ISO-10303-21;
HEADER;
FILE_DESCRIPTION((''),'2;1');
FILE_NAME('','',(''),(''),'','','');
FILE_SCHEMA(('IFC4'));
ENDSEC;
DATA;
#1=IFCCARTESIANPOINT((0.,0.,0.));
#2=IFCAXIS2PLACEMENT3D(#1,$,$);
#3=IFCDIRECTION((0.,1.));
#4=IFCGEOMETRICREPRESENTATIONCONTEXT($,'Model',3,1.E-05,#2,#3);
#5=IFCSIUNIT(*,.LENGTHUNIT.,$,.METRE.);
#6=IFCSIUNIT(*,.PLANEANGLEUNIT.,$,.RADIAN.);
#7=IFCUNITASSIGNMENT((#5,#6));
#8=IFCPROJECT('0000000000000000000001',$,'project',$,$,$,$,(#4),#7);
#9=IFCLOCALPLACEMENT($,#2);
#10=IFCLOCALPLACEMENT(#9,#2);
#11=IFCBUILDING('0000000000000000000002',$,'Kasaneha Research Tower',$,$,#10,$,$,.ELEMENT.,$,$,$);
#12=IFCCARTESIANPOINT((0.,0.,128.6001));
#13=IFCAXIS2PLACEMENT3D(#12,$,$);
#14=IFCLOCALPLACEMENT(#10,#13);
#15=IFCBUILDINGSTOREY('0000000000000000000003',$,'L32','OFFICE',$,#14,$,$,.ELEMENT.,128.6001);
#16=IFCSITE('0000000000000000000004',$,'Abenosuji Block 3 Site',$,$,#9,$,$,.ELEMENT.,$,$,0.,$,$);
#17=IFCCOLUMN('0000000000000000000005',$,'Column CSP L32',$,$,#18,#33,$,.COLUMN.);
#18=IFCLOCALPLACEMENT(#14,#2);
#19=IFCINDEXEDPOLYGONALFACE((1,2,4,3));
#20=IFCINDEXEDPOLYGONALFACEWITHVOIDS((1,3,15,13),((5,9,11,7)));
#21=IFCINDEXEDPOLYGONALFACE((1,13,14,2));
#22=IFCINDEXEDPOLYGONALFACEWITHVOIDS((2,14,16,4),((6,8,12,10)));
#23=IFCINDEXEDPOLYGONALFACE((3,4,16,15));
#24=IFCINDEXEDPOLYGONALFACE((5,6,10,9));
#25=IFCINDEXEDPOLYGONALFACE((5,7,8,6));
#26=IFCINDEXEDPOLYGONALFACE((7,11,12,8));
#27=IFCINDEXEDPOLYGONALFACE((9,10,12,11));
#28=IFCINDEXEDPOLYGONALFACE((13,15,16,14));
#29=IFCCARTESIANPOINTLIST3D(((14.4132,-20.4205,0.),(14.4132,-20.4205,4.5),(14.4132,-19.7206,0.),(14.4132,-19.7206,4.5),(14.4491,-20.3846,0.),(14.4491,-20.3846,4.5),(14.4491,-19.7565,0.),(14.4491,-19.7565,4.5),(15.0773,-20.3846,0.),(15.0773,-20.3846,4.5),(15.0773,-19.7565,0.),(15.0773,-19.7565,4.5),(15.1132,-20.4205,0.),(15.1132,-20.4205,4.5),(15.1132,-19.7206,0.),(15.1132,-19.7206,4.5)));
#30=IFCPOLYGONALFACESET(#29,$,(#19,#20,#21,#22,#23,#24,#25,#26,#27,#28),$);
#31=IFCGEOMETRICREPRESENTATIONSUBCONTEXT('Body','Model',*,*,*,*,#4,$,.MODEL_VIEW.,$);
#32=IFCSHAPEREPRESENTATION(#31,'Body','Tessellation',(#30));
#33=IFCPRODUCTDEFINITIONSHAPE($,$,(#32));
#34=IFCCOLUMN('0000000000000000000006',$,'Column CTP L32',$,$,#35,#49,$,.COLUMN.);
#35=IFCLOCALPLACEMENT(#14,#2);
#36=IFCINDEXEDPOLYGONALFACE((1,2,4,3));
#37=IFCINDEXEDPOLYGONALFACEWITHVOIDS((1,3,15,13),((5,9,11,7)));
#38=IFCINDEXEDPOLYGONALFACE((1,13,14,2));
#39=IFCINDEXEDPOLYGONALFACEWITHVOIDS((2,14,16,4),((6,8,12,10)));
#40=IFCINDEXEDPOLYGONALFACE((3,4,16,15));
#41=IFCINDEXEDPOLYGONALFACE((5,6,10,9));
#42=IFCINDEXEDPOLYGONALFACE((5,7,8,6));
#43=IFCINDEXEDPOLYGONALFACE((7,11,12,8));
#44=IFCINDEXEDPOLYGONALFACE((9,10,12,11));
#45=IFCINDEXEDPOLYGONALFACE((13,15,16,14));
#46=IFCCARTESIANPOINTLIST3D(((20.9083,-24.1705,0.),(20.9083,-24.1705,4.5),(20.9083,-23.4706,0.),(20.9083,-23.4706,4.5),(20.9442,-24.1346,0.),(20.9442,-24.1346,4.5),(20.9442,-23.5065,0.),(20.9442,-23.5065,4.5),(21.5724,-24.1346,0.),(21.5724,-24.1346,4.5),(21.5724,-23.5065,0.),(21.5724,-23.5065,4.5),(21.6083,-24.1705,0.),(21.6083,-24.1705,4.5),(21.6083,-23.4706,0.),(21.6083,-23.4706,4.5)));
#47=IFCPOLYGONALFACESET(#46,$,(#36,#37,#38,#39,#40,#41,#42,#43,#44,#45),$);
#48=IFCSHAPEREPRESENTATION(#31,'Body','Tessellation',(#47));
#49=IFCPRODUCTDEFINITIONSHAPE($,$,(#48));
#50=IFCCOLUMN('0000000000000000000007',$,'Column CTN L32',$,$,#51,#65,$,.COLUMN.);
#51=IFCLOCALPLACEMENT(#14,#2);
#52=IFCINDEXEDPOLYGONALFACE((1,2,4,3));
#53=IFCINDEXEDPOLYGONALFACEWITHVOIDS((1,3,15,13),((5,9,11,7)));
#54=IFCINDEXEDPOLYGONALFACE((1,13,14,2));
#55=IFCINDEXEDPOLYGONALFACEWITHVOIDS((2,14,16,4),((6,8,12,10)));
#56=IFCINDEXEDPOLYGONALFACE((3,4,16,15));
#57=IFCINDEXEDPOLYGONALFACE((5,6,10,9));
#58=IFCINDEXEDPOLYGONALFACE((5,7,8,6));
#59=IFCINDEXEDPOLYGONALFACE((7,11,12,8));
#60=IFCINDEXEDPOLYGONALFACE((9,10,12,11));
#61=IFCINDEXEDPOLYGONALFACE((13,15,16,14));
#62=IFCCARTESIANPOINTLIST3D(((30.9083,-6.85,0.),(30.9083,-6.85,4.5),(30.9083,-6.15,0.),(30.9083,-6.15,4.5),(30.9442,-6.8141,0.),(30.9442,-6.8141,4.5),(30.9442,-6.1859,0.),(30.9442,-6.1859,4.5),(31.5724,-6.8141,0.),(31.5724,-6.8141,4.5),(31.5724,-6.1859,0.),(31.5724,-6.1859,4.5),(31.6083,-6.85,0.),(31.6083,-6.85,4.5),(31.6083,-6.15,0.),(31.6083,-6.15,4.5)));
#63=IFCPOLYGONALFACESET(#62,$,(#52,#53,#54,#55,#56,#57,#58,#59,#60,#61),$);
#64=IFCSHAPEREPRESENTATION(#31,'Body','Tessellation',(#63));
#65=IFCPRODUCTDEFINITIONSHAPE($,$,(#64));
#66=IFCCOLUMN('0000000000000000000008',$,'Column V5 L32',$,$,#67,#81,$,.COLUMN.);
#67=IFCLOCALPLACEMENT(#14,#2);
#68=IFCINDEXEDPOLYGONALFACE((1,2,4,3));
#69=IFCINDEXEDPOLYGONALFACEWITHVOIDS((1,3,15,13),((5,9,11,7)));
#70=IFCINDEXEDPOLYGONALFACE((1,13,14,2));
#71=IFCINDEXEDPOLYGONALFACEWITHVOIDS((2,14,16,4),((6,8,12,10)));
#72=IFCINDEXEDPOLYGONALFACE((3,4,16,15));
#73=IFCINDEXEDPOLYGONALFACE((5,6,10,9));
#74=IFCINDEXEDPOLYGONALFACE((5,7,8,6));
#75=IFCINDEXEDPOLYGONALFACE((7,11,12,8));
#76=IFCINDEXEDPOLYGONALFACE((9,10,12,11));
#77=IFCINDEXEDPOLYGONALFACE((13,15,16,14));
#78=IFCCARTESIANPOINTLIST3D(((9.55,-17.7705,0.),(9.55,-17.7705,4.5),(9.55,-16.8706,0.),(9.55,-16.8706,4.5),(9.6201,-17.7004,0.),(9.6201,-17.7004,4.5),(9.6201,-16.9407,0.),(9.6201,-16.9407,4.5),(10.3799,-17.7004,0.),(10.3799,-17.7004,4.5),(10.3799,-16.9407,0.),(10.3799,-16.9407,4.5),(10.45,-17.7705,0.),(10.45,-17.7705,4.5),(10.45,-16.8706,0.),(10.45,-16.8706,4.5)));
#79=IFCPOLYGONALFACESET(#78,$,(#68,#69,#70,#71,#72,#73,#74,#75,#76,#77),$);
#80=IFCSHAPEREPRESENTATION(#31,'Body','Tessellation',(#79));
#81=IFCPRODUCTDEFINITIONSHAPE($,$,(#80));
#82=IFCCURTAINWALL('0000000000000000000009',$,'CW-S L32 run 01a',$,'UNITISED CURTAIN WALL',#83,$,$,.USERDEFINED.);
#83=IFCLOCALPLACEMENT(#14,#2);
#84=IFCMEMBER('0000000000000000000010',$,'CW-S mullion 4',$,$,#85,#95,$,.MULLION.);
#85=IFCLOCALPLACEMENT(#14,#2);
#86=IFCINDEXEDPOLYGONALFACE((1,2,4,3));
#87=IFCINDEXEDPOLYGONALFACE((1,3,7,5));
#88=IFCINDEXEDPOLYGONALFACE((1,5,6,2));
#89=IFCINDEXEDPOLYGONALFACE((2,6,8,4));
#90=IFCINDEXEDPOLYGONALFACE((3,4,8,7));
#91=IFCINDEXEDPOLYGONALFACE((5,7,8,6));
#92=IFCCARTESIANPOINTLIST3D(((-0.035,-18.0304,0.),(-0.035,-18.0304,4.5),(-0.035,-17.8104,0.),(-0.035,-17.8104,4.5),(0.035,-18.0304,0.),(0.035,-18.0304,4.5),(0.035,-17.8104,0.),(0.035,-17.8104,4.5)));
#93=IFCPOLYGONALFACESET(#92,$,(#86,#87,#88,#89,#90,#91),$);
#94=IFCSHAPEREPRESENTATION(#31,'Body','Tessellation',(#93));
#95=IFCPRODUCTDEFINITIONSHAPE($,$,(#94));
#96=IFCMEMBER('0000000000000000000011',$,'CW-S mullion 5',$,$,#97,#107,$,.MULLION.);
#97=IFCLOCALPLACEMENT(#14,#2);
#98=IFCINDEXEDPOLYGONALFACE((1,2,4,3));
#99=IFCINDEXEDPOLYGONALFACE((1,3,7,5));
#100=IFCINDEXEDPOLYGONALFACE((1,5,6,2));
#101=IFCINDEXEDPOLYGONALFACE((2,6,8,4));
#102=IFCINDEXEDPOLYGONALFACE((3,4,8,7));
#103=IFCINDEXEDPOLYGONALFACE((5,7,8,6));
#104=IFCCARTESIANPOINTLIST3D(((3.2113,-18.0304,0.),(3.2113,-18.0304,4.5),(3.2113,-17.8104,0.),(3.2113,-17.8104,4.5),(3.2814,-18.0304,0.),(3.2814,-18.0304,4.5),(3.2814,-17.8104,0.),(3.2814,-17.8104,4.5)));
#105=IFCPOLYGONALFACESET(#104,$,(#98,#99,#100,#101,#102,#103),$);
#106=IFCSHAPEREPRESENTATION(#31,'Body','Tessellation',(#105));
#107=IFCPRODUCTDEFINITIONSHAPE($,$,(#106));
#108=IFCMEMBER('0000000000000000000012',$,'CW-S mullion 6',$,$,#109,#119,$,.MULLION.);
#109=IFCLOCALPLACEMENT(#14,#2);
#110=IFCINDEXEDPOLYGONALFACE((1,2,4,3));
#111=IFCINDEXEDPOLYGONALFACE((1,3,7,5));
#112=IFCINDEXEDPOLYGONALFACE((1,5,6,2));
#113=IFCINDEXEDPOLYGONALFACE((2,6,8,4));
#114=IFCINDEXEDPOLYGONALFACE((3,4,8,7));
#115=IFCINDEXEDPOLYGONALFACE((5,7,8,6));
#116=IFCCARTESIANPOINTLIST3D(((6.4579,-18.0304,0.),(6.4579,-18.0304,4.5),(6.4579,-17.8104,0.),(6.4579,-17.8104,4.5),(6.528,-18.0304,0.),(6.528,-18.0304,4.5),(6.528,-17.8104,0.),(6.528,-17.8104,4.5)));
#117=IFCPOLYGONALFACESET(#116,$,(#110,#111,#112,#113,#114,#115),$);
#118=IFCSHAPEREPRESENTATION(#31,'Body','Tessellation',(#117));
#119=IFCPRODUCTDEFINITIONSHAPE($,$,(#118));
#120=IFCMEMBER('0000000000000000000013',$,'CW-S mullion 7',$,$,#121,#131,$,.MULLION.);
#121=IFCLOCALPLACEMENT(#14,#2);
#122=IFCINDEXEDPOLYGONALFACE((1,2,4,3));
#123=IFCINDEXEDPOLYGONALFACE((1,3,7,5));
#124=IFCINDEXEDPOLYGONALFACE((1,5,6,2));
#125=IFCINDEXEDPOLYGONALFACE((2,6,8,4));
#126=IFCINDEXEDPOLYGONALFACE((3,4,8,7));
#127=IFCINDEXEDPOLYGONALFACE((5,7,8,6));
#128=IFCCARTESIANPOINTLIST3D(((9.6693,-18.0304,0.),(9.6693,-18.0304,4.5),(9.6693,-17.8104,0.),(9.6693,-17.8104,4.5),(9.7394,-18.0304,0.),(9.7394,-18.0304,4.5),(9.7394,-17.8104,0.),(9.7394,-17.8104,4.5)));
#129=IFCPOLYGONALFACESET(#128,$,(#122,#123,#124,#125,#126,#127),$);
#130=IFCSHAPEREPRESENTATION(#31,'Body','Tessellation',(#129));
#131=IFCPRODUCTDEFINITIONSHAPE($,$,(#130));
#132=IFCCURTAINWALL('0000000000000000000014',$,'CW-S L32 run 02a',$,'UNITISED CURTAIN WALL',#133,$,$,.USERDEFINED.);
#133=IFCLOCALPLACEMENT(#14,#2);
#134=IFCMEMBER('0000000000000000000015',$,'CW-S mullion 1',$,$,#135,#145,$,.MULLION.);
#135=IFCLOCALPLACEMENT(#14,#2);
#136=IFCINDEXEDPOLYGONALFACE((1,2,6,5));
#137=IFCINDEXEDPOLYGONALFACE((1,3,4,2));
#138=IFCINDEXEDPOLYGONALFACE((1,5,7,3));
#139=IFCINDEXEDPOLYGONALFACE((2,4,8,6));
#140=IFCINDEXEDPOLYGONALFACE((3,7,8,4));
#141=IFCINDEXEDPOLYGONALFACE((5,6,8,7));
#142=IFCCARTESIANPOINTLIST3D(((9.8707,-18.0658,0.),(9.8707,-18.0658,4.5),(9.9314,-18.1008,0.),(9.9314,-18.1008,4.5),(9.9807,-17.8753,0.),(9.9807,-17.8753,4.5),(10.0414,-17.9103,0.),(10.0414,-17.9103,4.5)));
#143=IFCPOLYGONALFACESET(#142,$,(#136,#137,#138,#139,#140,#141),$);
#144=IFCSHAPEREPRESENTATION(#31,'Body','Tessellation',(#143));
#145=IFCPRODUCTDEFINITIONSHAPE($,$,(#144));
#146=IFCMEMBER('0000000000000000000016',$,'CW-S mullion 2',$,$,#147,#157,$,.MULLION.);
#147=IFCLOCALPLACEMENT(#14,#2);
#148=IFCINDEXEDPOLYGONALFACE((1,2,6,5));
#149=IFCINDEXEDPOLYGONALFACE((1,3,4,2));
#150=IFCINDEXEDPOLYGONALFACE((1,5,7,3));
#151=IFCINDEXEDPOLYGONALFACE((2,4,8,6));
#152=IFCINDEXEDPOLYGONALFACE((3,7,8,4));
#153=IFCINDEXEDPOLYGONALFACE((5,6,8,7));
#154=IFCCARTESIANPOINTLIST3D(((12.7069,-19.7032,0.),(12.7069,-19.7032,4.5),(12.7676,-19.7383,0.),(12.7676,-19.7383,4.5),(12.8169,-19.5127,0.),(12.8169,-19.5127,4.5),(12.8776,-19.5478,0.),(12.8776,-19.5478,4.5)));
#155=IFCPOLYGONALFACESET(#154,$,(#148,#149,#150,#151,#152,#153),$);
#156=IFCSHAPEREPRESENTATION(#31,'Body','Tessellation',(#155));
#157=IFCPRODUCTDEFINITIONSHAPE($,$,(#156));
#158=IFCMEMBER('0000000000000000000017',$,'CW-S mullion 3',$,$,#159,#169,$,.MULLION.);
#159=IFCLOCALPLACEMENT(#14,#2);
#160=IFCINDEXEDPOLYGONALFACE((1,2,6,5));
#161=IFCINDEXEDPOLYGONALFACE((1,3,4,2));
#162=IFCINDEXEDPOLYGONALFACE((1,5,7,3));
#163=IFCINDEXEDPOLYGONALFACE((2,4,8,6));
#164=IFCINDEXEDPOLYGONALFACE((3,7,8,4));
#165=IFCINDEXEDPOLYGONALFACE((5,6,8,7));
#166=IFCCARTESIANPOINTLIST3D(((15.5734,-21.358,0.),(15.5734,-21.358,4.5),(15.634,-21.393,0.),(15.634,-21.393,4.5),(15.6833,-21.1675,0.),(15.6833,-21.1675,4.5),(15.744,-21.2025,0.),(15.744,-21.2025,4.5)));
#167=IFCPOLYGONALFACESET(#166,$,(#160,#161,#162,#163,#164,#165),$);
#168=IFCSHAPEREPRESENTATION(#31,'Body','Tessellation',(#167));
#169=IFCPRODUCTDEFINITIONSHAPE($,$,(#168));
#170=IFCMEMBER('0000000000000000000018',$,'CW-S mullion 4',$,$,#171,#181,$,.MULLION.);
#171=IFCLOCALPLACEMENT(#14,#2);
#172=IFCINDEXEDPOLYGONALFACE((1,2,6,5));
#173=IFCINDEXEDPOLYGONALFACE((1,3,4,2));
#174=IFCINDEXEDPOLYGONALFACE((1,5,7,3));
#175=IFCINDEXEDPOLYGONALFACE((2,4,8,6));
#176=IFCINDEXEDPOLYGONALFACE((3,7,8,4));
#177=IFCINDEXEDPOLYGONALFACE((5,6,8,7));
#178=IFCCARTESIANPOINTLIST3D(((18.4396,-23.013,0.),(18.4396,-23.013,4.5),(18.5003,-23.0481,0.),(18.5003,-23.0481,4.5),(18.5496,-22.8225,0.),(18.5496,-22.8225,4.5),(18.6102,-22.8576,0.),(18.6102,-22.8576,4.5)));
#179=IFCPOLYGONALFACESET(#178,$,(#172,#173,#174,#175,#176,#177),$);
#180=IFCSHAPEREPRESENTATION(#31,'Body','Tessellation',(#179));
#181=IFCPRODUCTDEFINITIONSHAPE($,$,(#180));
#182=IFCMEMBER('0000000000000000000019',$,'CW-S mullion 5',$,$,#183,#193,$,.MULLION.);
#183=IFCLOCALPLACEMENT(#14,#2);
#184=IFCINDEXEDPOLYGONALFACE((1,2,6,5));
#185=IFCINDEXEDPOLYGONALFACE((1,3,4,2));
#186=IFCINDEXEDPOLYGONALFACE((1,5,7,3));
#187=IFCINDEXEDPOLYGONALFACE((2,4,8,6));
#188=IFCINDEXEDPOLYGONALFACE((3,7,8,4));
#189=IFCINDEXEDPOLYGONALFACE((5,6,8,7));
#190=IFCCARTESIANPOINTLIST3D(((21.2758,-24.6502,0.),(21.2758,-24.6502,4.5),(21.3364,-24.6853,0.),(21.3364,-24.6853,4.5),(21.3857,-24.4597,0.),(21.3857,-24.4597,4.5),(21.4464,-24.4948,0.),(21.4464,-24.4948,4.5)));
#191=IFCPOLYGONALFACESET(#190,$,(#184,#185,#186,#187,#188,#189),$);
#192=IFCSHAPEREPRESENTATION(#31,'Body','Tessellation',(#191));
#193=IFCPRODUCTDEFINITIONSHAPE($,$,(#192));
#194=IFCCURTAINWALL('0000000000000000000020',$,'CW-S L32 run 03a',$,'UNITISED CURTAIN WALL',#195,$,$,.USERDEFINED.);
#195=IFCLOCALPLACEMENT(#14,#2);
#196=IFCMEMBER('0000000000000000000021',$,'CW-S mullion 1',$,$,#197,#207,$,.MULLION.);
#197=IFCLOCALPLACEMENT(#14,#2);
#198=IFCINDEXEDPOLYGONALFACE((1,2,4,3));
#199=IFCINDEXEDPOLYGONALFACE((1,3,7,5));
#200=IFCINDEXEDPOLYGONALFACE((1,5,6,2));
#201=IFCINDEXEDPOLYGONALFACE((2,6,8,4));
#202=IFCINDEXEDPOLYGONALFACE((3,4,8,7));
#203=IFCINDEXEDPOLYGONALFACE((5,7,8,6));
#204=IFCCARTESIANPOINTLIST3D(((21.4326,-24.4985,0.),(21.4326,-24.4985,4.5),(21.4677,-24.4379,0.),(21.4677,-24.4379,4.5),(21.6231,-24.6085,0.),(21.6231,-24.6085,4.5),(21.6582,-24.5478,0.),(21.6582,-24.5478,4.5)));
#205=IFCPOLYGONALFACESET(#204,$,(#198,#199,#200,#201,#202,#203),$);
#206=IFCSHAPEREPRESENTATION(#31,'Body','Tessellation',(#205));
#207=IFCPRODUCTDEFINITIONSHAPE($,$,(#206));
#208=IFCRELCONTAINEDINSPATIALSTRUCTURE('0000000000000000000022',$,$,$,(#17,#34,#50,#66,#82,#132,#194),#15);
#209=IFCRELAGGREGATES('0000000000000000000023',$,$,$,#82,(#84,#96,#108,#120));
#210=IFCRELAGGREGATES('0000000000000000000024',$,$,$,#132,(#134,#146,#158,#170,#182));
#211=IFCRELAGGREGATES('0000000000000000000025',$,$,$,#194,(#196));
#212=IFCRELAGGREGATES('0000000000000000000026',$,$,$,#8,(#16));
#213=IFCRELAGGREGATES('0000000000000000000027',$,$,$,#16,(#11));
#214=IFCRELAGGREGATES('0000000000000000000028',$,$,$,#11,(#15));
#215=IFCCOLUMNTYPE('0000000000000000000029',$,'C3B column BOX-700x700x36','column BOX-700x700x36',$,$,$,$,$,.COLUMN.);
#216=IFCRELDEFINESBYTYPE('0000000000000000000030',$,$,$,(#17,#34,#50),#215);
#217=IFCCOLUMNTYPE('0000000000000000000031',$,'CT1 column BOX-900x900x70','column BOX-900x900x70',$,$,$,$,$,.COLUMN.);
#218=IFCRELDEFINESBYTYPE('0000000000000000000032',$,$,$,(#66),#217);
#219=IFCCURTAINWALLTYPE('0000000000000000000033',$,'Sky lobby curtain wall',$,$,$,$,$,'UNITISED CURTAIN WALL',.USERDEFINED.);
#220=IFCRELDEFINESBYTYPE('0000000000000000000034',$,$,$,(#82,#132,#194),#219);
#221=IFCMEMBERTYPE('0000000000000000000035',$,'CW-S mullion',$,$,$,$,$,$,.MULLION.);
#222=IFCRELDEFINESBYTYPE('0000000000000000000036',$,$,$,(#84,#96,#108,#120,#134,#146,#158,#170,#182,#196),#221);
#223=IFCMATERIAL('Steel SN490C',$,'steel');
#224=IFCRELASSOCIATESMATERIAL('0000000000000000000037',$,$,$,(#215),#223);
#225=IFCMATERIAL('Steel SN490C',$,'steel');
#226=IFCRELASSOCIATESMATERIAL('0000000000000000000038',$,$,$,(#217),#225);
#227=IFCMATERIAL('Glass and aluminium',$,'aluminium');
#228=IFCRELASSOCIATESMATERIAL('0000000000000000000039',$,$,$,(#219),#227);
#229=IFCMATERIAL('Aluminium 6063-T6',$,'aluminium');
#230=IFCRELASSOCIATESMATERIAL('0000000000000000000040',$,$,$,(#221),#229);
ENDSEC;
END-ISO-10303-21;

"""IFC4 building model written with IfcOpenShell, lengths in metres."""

from ifc_helpers import new_model, si_unit, direction, frame, origin, origin_2d, place, context, subcontext, project, spatial, rectangle, hollow_rectangle, extrude, material, material_profile, profile_set, type_object, element, aggregate, save


model = new_model("IFC4")

# Units and contexts
model_context = context("Model", 3, precision=1e-05, world=origin(), true_north=direction((0.0, 1.0)))
body_context = subcontext(model_context, "Body", "Model", "MODEL_VIEW")
ifc_project = project(units=[si_unit("LENGTHUNIT", "METRE"), si_unit("PLANEANGLEUNIT", "RADIAN")], contexts=[model_context])

# Site, building, storey
site_placement = place(None, origin())
site = spatial("IfcSite", under=ifc_project, at=site_placement, Name="Abenosuji Block 3 Site", CompositionType="ELEMENT", RefElevation=0.0)
building_placement = place(site_placement, origin())
building = spatial("IfcBuilding", under=site, at=building_placement, Name="Kasaneha Research Tower", CompositionType="ELEMENT")
storey_placement = place(building_placement, frame((0.0, 0.0, 128.6001)))
storey = spatial("IfcBuildingStorey", under=building, at=storey_placement, Name="L32", Description="OFFICE", CompositionType="ELEMENT", Elevation=128.6001)

# Columns
ifc_material_1 = material(Name="Steel SN490C", Category="steel")
ifc_material_profile_1 = material_profile(ifc_material_1, hollow_rectangle(XDim=0.7, YDim=0.7, WallThickness=0.0359, at=origin_2d()), Name="BOX-700x700x36")
ifc_profile_set_1 = profile_set([ifc_material_profile_1], Name="Steel SN490C")
column_type_1 = type_object("IfcColumnType", Name="C3B column BOX-700x700x36", Description="column BOX-700x700x36", PredefinedType="COLUMN", material=ifc_profile_set_1)
for number, where, z_axis, x_axis, name in (
    (1, (14.7632, -20.0706, 0.0), (0.0, 0.0, 1.0), (1.0, 0.0, 0.0), "Column CSP L32"),
    (2, (21.2583, -23.8206, 0.0), (0.0, 0.0, 1.0), (1.0, 0.0, 0.0), "Column CTP L32"),
    (3, (31.2583, -6.5, 0.0), (0.0, 0.0, 1.0), (1.0, 0.0, 0.0), "Column CTN L32"),
):
    element("IfcColumn", number, at=place(storey_placement, frame(where, z_axis=z_axis, x_axis=x_axis)), inside=storey, type_object=column_type_1, Name=name, PredefinedType="COLUMN", context=body_context, shape_type="SweptSolid", body=[
        extrude(hollow_rectangle(XDim=0.7, YDim=0.7, WallThickness=0.0359, at=origin_2d()), origin(), (0.0, 0.0, 1.0), 4.5),
    ])
ifc_material_2 = material(Name="Steel SN490C", Category="steel")
ifc_material_profile_2 = material_profile(ifc_material_2, hollow_rectangle(XDim=0.8999, YDim=0.8999, WallThickness=0.0701, at=origin_2d()), Name="BOX-900x900x70")
ifc_profile_set_2 = profile_set([ifc_material_profile_2], Name="Steel SN490C")
column_type_2 = type_object("IfcColumnType", Name="CT1 column BOX-900x900x70", Description="column BOX-900x900x70", PredefinedType="COLUMN", material=ifc_profile_set_2)
column_placement = place(storey_placement, frame((10.0, -17.3206, 0.0), z_axis=(0.0, 0.0, 1.0), x_axis=(1.0, 0.0, 0.0)))
element("IfcColumn", 4, at=column_placement, inside=storey, type_object=column_type_2, Name="Column V5 L32", PredefinedType="COLUMN", context=body_context, shape_type="SweptSolid", body=[
    extrude(hollow_rectangle(XDim=0.8999, YDim=0.8999, WallThickness=0.0701, at=origin_2d()), origin(), (0.0, 0.0, 1.0), 4.5),
])

# Curtain walls, members
ifc_material_3 = material(Name="Glass and aluminium", Category="aluminium")
curtain_wall_type = type_object("IfcCurtainWallType", Name="Sky lobby curtain wall", ElementType="UNITISED CURTAIN WALL", PredefinedType="USERDEFINED", material=ifc_material_3)
curtain_wall_1_placement = place(storey_placement, origin())
curtain_wall_1 = element("IfcCurtainWall", 5, at=curtain_wall_1_placement, inside=storey, type_object=curtain_wall_type, Name="CW-S L32 run 01a", ObjectType="UNITISED CURTAIN WALL", PredefinedType="USERDEFINED")
ifc_material_4 = material(Name="Aluminium 6063-T6", Category="aluminium")
ifc_material_profile_3 = material_profile(ifc_material_4, rectangle(XDim=0.0701, YDim=0.22, at=origin_2d()), Name="CW-S mullion 70x220")
ifc_profile_set_3 = profile_set([ifc_material_profile_3], Name="Aluminium 6063-T6")
member_type = type_object("IfcMemberType", Name="CW-S mullion", PredefinedType="MULLION", material=ifc_profile_set_3)
member_1_placement = place(storey_placement, frame((0.0, -17.9204, 0.0), z_axis=(0.0, 0.0, 1.0), x_axis=(1.0, 0.0, 0.0)))
member_1 = element("IfcMember", 6, at=member_1_placement, type_object=member_type, Name="CW-S mullion 4", PredefinedType="MULLION", context=body_context, shape_type="SweptSolid", body=[
    extrude(rectangle(XDim=0.0701, YDim=0.22, at=origin_2d()), origin(), (0.0, 0.0, 1.0), 4.5),
])
member_2_placement = place(storey_placement, frame((3.2463, -17.9204, 0.0), z_axis=(0.0, 0.0, 1.0), x_axis=(1.0, 0.0, 0.0)))
member_2 = element("IfcMember", 7, at=member_2_placement, type_object=member_type, Name="CW-S mullion 5", PredefinedType="MULLION", context=body_context, shape_type="SweptSolid", body=[
    extrude(rectangle(XDim=0.0701, YDim=0.22, at=origin_2d()), origin(), (0.0, 0.0, 1.0), 4.5),
])
member_3_placement = place(storey_placement, frame((6.4929, -17.9204, 0.0), z_axis=(0.0, 0.0, 1.0), x_axis=(1.0, 0.0, 0.0)))
member_3 = element("IfcMember", 8, at=member_3_placement, type_object=member_type, Name="CW-S mullion 6", PredefinedType="MULLION", context=body_context, shape_type="SweptSolid", body=[
    extrude(rectangle(XDim=0.0701, YDim=0.22, at=origin_2d()), origin(), (0.0, 0.0, 1.0), 4.5),
])
member_4_placement = place(storey_placement, frame((9.7043, -17.9204, 0.0), z_axis=(0.0, 0.0, 1.0), x_axis=(1.0, 0.0, 0.0)))
member_4 = element("IfcMember", 9, at=member_4_placement, type_object=member_type, Name="CW-S mullion 7", PredefinedType="MULLION", context=body_context, shape_type="SweptSolid", body=[
    extrude(rectangle(XDim=0.0701, YDim=0.22, at=origin_2d()), origin(), (0.0, 0.0, 1.0), 4.5),
])
aggregate(curtain_wall_1, [member_1, member_2, member_3, member_4])
curtain_wall_2_placement = place(storey_placement, origin())
curtain_wall_2 = element("IfcCurtainWall", 10, at=curtain_wall_2_placement, inside=storey, type_object=curtain_wall_type, Name="CW-S L32 run 02a", ObjectType="UNITISED CURTAIN WALL", PredefinedType="USERDEFINED")
member_5_placement = place(storey_placement, frame((9.9561, -17.988, 0.0), z_axis=(0.0, 0.0, 1.0), x_axis=(0.866025, -0.5, 0.0)))
member_5 = element("IfcMember", 11, at=member_5_placement, type_object=member_type, Name="CW-S mullion 1", PredefinedType="MULLION", context=body_context, shape_type="SweptSolid", body=[
    extrude(rectangle(XDim=0.0701, YDim=0.22, at=origin_2d()), origin(), (0.0, 0.0, 1.0), 4.5),
])
member_6_placement = place(storey_placement, frame((12.7922, -19.6255, 0.0), z_axis=(0.0, 0.0, 1.0), x_axis=(0.866025, -0.5, 0.0)))
member_6 = element("IfcMember", 12, at=member_6_placement, type_object=member_type, Name="CW-S mullion 2", PredefinedType="MULLION", context=body_context, shape_type="SweptSolid", body=[
    extrude(rectangle(XDim=0.0701, YDim=0.22, at=origin_2d()), origin(), (0.0, 0.0, 1.0), 4.5),
])
member_7_placement = place(storey_placement, frame((15.6587, -21.2803, 0.0), z_axis=(0.0, 0.0, 1.0), x_axis=(0.866025, -0.5, 0.0)))
member_7 = element("IfcMember", 13, at=member_7_placement, type_object=member_type, Name="CW-S mullion 3", PredefinedType="MULLION", context=body_context, shape_type="SweptSolid", body=[
    extrude(rectangle(XDim=0.0701, YDim=0.22, at=origin_2d()), origin(), (0.0, 0.0, 1.0), 4.5),
])
member_8_placement = place(storey_placement, frame((18.5249, -22.9353, 0.0), z_axis=(0.0, 0.0, 1.0), x_axis=(0.866025, -0.5, 0.0)))
member_8 = element("IfcMember", 14, at=member_8_placement, type_object=member_type, Name="CW-S mullion 4", PredefinedType="MULLION", context=body_context, shape_type="SweptSolid", body=[
    extrude(rectangle(XDim=0.0701, YDim=0.22, at=origin_2d()), origin(), (0.0, 0.0, 1.0), 4.5),
])
member_9_placement = place(storey_placement, frame((21.3611, -24.5725, 0.0), z_axis=(0.0, 0.0, 1.0), x_axis=(0.866025, -0.5, 0.0)))
member_9 = element("IfcMember", 15, at=member_9_placement, type_object=member_type, Name="CW-S mullion 5", PredefinedType="MULLION", context=body_context, shape_type="SweptSolid", body=[
    extrude(rectangle(XDim=0.0701, YDim=0.22, at=origin_2d()), origin(), (0.0, 0.0, 1.0), 4.5),
])
aggregate(curtain_wall_2, [member_5, member_6, member_7, member_8, member_9])
curtain_wall_3_placement = place(storey_placement, origin())
curtain_wall_3 = element("IfcCurtainWall", 16, at=curtain_wall_3_placement, inside=storey, type_object=curtain_wall_type, Name="CW-S L32 run 03a", ObjectType="UNITISED CURTAIN WALL", PredefinedType="USERDEFINED")
member_10_placement = place(storey_placement, frame((21.5454, -24.5232, 0.0), z_axis=(0.0, 0.0, 1.0), x_axis=(0.5, 0.866025, 0.0)))
member_10 = element("IfcMember", 17, at=member_10_placement, type_object=member_type, Name="CW-S mullion 1", PredefinedType="MULLION", context=body_context, shape_type="SweptSolid", body=[
    extrude(rectangle(XDim=0.0701, YDim=0.22, at=origin_2d()), origin(), (0.0, 0.0, 1.0), 4.5),
])
aggregate(curtain_wall_3, [member_10])

save(model, "model.ifc")
